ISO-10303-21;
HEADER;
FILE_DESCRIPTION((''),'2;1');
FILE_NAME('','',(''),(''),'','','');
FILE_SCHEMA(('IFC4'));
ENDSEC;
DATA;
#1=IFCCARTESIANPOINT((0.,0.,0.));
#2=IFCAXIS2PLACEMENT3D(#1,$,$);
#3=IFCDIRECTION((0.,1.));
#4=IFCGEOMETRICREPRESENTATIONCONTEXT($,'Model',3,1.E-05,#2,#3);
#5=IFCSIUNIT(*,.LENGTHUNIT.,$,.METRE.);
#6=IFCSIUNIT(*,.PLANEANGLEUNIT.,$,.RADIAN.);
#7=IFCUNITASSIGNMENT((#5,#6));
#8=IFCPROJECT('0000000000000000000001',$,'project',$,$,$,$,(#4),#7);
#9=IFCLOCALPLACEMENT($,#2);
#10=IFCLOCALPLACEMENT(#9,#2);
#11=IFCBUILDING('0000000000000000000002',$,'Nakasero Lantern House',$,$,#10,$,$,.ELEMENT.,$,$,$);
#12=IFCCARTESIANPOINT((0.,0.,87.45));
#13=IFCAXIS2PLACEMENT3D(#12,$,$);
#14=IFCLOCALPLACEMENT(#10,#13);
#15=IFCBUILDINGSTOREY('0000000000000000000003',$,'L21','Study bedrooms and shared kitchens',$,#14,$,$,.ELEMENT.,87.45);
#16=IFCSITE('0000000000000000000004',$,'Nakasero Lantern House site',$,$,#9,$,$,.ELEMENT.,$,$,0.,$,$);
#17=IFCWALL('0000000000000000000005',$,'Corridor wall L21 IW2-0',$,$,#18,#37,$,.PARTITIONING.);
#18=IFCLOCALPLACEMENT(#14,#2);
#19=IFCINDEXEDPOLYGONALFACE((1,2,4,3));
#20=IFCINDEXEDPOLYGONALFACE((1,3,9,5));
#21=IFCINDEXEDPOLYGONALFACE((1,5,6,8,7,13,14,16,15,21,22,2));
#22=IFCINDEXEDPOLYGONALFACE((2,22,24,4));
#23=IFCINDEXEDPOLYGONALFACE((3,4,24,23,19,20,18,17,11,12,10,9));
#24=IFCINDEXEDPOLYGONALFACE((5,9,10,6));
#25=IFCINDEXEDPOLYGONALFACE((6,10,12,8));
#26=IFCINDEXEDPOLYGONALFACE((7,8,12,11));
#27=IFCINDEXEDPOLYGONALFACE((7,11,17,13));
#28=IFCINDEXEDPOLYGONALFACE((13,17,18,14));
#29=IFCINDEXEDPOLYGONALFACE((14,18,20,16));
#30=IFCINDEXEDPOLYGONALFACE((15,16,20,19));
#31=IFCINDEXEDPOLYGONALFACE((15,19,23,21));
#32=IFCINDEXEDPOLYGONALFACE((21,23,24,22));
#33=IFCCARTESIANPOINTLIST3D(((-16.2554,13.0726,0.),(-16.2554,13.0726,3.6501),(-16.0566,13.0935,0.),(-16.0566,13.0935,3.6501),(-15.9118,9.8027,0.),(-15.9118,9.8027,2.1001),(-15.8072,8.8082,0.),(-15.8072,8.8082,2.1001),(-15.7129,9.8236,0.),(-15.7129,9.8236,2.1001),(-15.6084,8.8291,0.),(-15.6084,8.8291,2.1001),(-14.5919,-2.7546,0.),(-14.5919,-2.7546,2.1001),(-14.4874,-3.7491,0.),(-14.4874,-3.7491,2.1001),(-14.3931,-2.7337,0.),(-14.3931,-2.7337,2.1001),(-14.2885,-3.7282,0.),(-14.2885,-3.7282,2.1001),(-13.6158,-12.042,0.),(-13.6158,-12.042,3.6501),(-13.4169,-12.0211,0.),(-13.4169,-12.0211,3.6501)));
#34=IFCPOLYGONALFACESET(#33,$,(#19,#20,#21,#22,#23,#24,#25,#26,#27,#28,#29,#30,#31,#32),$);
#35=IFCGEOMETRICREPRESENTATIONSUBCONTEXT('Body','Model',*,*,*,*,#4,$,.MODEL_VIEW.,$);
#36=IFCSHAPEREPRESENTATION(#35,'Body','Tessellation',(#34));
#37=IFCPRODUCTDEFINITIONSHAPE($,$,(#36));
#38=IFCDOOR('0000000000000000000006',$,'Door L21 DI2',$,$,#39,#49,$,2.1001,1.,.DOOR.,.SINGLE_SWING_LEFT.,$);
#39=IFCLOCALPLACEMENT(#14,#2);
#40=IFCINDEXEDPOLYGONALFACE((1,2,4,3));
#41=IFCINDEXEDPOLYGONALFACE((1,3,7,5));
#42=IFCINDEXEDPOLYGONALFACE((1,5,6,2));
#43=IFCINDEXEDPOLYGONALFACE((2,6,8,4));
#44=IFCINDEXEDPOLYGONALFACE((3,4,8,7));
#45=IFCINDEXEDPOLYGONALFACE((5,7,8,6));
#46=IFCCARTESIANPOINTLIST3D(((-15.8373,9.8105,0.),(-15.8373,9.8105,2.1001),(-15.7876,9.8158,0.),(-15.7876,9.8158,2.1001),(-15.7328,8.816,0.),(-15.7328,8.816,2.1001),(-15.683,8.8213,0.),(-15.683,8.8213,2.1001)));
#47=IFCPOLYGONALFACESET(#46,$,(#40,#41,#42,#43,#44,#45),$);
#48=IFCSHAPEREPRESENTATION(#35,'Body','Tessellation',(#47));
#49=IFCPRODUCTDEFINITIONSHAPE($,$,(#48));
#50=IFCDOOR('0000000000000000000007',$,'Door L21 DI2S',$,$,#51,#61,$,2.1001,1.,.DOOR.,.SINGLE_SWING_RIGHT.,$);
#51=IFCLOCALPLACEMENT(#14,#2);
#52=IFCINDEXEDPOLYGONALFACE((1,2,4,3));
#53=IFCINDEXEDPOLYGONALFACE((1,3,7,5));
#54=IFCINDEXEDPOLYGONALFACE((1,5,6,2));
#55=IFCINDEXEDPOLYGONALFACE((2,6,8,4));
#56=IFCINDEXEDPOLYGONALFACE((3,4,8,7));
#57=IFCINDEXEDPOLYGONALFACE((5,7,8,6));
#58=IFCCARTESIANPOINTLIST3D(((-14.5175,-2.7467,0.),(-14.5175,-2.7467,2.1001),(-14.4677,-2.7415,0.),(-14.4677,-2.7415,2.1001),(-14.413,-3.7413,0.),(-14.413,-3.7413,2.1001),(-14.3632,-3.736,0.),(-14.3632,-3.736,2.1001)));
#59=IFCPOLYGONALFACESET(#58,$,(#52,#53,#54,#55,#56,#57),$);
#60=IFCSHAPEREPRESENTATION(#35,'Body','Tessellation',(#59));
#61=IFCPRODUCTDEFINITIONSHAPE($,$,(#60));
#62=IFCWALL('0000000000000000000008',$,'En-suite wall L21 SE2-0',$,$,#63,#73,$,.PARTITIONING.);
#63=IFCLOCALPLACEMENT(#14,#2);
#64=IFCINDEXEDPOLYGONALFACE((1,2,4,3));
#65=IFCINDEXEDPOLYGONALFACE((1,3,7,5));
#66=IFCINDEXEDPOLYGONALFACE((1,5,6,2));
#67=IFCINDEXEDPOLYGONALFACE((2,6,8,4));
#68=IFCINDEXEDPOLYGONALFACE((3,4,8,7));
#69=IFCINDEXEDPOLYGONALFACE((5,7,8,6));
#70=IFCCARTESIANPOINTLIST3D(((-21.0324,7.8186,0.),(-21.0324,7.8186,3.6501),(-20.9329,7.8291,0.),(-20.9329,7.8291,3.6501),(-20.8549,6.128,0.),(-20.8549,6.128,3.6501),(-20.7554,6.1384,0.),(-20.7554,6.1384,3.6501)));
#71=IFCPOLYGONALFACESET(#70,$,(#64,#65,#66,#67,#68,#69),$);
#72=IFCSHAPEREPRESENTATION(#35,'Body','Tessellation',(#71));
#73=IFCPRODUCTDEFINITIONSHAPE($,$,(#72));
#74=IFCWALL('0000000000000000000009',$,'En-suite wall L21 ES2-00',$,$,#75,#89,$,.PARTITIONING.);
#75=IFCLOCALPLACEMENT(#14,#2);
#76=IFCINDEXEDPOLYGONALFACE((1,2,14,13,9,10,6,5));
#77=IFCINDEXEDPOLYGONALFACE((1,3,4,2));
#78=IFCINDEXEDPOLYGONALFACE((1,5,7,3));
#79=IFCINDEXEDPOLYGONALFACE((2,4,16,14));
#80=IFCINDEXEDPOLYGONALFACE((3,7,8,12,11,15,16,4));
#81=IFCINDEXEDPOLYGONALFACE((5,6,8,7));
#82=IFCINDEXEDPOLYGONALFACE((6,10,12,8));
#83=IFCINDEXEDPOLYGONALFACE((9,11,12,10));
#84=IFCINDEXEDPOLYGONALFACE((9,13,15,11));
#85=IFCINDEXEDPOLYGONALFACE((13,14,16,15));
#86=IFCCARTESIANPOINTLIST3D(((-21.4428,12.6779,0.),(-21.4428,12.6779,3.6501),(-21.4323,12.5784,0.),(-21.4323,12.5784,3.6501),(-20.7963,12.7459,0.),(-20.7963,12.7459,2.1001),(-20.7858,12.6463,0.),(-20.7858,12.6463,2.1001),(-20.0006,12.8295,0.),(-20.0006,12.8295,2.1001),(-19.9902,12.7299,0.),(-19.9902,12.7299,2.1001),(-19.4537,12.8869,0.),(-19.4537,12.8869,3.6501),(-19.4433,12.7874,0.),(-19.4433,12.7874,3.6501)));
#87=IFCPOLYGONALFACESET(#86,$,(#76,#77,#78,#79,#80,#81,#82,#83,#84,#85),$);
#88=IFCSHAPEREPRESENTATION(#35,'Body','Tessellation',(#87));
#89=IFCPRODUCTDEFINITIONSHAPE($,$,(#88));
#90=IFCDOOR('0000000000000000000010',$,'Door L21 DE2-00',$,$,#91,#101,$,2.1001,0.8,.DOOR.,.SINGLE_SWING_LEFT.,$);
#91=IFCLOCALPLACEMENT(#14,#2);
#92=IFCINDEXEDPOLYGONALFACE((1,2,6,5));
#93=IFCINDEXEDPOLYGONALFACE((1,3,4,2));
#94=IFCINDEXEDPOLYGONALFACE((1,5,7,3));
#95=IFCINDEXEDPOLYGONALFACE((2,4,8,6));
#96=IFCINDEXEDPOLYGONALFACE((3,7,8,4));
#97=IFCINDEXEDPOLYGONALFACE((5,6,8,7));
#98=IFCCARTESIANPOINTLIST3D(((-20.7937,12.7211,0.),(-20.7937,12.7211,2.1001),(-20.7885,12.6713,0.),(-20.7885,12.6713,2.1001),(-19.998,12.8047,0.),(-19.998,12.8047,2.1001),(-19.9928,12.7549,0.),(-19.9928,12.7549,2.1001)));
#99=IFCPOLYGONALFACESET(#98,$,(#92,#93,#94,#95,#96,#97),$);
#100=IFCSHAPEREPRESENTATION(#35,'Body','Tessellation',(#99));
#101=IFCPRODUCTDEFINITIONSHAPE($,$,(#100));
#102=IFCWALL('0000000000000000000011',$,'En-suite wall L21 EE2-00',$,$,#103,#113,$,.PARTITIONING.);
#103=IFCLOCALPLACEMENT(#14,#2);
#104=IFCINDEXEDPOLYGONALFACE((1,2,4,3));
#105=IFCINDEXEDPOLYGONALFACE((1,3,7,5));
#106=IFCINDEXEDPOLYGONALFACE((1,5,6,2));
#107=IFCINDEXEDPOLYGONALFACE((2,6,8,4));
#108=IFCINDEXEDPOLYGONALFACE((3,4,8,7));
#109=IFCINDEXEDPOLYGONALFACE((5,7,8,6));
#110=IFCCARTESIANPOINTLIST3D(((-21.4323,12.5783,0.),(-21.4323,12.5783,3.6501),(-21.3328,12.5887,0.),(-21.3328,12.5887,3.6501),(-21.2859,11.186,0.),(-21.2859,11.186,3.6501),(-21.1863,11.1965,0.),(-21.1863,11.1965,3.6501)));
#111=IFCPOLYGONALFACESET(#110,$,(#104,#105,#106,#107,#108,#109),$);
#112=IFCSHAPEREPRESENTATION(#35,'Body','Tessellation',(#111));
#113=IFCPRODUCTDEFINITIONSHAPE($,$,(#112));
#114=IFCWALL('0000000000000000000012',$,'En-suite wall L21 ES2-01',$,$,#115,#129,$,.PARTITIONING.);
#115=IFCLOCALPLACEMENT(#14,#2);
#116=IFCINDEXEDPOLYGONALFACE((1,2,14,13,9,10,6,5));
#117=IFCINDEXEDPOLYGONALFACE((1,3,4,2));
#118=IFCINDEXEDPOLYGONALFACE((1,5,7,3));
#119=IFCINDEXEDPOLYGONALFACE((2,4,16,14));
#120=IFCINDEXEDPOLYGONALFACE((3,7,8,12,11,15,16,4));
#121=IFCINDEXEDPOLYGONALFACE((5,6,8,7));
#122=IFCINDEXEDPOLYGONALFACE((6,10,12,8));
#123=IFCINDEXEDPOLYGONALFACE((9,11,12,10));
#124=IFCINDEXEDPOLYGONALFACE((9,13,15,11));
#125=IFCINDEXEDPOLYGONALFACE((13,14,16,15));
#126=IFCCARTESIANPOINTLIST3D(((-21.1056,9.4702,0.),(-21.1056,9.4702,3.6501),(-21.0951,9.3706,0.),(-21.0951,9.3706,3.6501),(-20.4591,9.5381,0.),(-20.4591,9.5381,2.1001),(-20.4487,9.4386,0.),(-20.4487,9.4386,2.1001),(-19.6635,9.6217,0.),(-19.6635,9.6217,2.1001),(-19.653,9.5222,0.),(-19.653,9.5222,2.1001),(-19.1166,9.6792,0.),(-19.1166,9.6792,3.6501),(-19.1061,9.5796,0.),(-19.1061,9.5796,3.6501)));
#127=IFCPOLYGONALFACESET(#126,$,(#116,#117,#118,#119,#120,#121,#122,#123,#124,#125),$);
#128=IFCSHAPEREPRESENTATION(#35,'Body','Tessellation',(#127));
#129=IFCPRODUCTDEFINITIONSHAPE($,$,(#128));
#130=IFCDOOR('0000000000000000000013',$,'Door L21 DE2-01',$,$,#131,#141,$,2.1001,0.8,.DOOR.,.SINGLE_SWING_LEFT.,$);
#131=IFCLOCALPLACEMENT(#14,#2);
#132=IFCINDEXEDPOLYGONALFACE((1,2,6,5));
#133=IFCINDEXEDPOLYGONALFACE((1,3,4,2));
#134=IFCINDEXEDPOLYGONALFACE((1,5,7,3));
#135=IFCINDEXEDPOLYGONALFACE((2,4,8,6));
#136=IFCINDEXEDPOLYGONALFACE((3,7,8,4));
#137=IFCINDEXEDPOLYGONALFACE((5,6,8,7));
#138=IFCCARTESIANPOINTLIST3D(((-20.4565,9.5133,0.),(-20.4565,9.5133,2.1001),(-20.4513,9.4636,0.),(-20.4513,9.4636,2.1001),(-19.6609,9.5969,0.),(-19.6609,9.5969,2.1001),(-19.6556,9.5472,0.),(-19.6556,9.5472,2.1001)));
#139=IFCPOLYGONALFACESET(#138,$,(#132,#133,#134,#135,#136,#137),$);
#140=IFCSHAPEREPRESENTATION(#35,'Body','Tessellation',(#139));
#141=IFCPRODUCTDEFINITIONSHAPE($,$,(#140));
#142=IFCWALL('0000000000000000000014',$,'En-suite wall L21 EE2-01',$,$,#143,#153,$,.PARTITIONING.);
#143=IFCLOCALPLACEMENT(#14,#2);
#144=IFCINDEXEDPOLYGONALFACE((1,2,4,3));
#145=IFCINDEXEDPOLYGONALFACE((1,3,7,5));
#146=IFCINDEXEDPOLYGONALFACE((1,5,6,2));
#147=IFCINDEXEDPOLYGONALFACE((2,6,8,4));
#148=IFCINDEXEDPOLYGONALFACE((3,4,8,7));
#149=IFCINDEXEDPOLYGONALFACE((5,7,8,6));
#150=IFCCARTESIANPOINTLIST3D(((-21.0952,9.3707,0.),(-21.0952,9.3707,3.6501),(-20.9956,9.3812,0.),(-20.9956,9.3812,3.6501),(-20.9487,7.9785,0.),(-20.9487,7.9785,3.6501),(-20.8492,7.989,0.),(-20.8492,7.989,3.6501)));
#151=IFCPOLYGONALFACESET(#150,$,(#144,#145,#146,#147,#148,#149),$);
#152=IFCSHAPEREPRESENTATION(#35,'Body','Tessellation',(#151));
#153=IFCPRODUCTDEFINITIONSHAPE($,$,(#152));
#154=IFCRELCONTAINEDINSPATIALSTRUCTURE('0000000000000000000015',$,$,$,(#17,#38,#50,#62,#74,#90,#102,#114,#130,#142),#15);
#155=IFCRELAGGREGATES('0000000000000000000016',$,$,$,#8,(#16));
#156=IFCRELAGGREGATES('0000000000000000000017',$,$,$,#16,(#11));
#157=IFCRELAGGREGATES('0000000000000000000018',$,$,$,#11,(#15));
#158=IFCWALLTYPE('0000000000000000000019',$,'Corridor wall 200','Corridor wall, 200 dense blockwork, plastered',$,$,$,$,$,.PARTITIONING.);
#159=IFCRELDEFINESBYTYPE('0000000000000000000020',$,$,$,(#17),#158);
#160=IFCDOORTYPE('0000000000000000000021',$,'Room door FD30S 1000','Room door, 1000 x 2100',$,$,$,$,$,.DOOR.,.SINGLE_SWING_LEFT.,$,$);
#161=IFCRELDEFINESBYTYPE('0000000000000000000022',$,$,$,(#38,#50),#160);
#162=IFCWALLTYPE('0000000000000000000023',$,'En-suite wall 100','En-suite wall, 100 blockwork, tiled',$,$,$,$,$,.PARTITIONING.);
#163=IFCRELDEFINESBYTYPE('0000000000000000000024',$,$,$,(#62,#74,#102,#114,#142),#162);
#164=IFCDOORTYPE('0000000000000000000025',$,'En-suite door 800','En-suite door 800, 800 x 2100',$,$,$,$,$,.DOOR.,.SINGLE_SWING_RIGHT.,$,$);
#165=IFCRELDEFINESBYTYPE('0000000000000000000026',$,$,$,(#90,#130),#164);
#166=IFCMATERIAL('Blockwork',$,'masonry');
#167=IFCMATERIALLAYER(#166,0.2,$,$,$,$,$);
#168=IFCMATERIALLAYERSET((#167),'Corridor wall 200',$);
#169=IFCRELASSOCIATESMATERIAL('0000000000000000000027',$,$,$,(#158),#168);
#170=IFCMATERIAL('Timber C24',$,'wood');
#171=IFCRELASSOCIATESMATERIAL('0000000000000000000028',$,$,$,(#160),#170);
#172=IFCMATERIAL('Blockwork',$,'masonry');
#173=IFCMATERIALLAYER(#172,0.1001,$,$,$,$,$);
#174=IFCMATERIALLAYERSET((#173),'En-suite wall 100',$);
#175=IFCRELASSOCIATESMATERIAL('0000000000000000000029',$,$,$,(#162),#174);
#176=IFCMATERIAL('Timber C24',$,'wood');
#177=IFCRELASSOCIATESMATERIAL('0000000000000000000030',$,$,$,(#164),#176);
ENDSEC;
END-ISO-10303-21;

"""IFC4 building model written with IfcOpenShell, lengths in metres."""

from ifc_helpers import new_model, si_unit, direction, frame, frame_2d, origin, place, context, subcontext, project, spatial, rectangle, extrude, material, layer, layer_set, type_object, element, fill, save


model = new_model("IFC4")

# Units and contexts
model_context = context("Model", 3, precision=1e-05, world=origin(), true_north=direction((0.0, 1.0)))
body_context = subcontext(model_context, "Body", "Model", "MODEL_VIEW")
ifc_project = project(units=[si_unit("LENGTHUNIT", "METRE"), si_unit("PLANEANGLEUNIT", "RADIAN")], contexts=[model_context])

# Site, building, storey
site_placement = place(None, origin())
site = spatial("IfcSite", under=ifc_project, at=site_placement, Name="Nakasero Lantern House site", CompositionType="ELEMENT", RefElevation=0.0)
building_placement = place(site_placement, origin())
building = spatial("IfcBuilding", under=site, at=building_placement, Name="Nakasero Lantern House", CompositionType="ELEMENT")
storey_placement = place(building_placement, frame((0.0, 0.0, 87.45)))
storey = spatial("IfcBuildingStorey", under=building, at=storey_placement, Name="L21", Description="Study bedrooms and shared kitchens", CompositionType="ELEMENT", Elevation=87.45)

# Wall, openings, doors
ifc_material_1 = material(Name="Blockwork", Category="masonry")
ifc_layer_1 = layer(ifc_material_1, 0.2)
ifc_layer_set_1 = layer_set([ifc_layer_1], Name="Corridor wall 200")
wall_type_1 = type_object("IfcWallType", Name="Corridor wall 200", Description="Corridor wall, 200 dense blockwork, plastered", PredefinedType="PARTITIONING", material=ifc_layer_set_1)
wall_1_placement = place(storey_placement, frame((-16.156, 13.083, 0.0), z_axis=(0.0, 0.0, 1.0), x_axis=(0.104529, -0.994522, 0.0)))
wall_1 = element("IfcWall", 1, at=wall_1_placement, inside=storey, type_object=wall_type_1, Name="Corridor wall L21 IW2-0", PredefinedType="PARTITIONING", context=body_context, shape_type="SweptSolid", body=[
    extrude(rectangle(XDim=25.2529, YDim=0.2, at=frame_2d((12.6265, 0.0))), origin(), (0.0, 0.0, 1.0), 3.6501),
])
opening_1_placement = place(wall_1_placement, frame((3.2878, 0.0, 0.0)))
opening_1 = element("IfcOpeningElement", 2, at=opening_1_placement, cuts=wall_1, PredefinedType="OPENING", context=body_context, shape_type="SweptSolid", body=[
    extrude(rectangle(XDim=1.0, YDim=2.1001, at=frame_2d((0.5, 1.05))), frame((0.0, 0.1199, 0.0), z_axis=(0.0, -1.0, 0.0), x_axis=(1.0, 0.0, 0.0)), (0.0, 0.0, 1.0), 0.24),
])
opening_2_placement = place(wall_1_placement, frame((15.9143, 0.0, 0.0)))
opening_2 = element("IfcOpeningElement", 3, at=opening_2_placement, cuts=wall_1, PredefinedType="OPENING", context=body_context, shape_type="SweptSolid", body=[
    extrude(rectangle(XDim=1.0, YDim=2.1001, at=frame_2d((0.5, 1.05))), frame((0.0, 0.1199, 0.0), z_axis=(0.0, -1.0, 0.0), x_axis=(1.0, 0.0, 0.0)), (0.0, 0.0, 1.0), 0.24),
])
ifc_material_2 = material(Name="Timber C24", Category="wood")
door_type_1 = type_object("IfcDoorType", Name="Room door FD30S 1000", Description="Room door, 1000 x 2100", OperationType="SINGLE_SWING_LEFT", PredefinedType="DOOR", material=ifc_material_2)
door_1_placement = place(opening_1_placement, origin())
door_1 = element("IfcDoor", 4, at=door_1_placement, inside=storey, type_object=door_type_1, Name="Door L21 DI2", OperationType="SINGLE_SWING_LEFT", OverallHeight=2.1001, OverallWidth=1.0, PredefinedType="DOOR", context=body_context, shape_type="SweptSolid", body=[
    extrude(rectangle(XDim=1.0, YDim=2.1001, at=frame_2d((0.5, 1.05))), frame((0.0, 0.0249, 0.0), z_axis=(0.0, -1.0, 0.0), x_axis=(1.0, 0.0, 0.0)), (0.0, 0.0, 1.0), 0.05),
])
fill(opening_1, door_1)
door_2_placement = place(opening_2_placement, origin())
door_2 = element("IfcDoor", 5, at=door_2_placement, inside=storey, type_object=door_type_1, Name="Door L21 DI2S", OperationType="SINGLE_SWING_RIGHT", OverallHeight=2.1001, OverallWidth=1.0, PredefinedType="DOOR", context=body_context, shape_type="SweptSolid", body=[
    extrude(rectangle(XDim=1.0, YDim=2.1001, at=frame_2d((0.5, 1.05))), frame((0.0, 0.0249, 0.0), z_axis=(0.0, -1.0, 0.0), x_axis=(1.0, 0.0, 0.0)), (0.0, 0.0, 1.0), 0.05),
])
fill(opening_2, door_2)

# Wall
ifc_material_3 = material(Name="Blockwork", Category="masonry")
ifc_layer_2 = layer(ifc_material_3, 0.1001)
ifc_layer_set_2 = layer_set([ifc_layer_2], Name="En-suite wall 100")
wall_type_2 = type_object("IfcWallType", Name="En-suite wall 100", Description="En-suite wall, 100 blockwork, tiled", PredefinedType="PARTITIONING", material=ifc_layer_set_2)
wall_2_placement = place(storey_placement, frame((-20.9827, 7.824, 0.0), z_axis=(0.0, 0.0, 1.0), x_axis=(0.104408, -0.994535, 0.0)))
element("IfcWall", 6, at=wall_2_placement, inside=storey, type_object=wall_type_2, Name="En-suite wall L21 SE2-0", PredefinedType="PARTITIONING", context=body_context, shape_type="SweptSolid", body=[
    extrude(rectangle(XDim=1.7, YDim=0.1001, at=frame_2d((0.8501, 0.0))), origin(), (0.0, 0.0, 1.0), 3.6501),
])

# Wall, opening, door
wall_3_placement = place(storey_placement, frame((-19.4485, 12.8372, 0.0), z_axis=(0.0, 0.0, 1.0), x_axis=(-0.994526, -0.104494, 0.0)))
wall_3 = element("IfcWall", 7, at=wall_3_placement, inside=storey, type_object=wall_type_2, Name="En-suite wall L21 ES2-00", PredefinedType="PARTITIONING", context=body_context, shape_type="SweptSolid", body=[
    extrude(rectangle(XDim=2.0, YDim=0.1001, at=frame_2d((1.0, 0.0))), origin(), (0.0, 0.0, 1.0), 3.6501),
])
opening_3_placement = place(wall_3_placement, frame((0.55, 0.0, 0.0)))
opening_3 = element("IfcOpeningElement", 8, at=opening_3_placement, cuts=wall_3, PredefinedType="OPENING", context=body_context, shape_type="SweptSolid", body=[
    extrude(rectangle(XDim=0.8, YDim=2.1001, at=frame_2d((0.3999, 1.05))), frame((0.0, 0.0701, 0.0), z_axis=(0.0, -1.0, 0.0), x_axis=(1.0, 0.0, 0.0)), (0.0, 0.0, 1.0), 0.1401),
])
ifc_material_4 = material(Name="Timber C24", Category="wood")
door_type_2 = type_object("IfcDoorType", Name="En-suite door 800", Description="En-suite door 800, 800 x 2100", OperationType="SINGLE_SWING_RIGHT", PredefinedType="DOOR", material=ifc_material_4)
door_3_placement = place(opening_3_placement, origin())
door_3 = element("IfcDoor", 9, at=door_3_placement, inside=storey, type_object=door_type_2, Name="Door L21 DE2-00", OperationType="SINGLE_SWING_LEFT", OverallHeight=2.1001, OverallWidth=0.8, PredefinedType="DOOR", context=body_context, shape_type="SweptSolid", body=[
    extrude(rectangle(XDim=0.8, YDim=2.1001, at=frame_2d((0.3999, 1.05))), frame((0.0, 0.0249, 0.0), z_axis=(0.0, -1.0, 0.0), x_axis=(1.0, 0.0, 0.0)), (0.0, 0.0, 1.0), 0.05),
])
fill(opening_3, door_3)

# Wall
wall_4_placement = place(storey_placement, frame((-21.3826, 12.5835, 0.0), z_axis=(0.0, 0.0, 1.0), x_axis=(0.10463, -0.994511, 0.0)))
element("IfcWall", 10, at=wall_4_placement, inside=storey, type_object=wall_type_2, Name="En-suite wall L21 EE2-00", PredefinedType="PARTITIONING", context=body_context, shape_type="SweptSolid", body=[
    extrude(rectangle(XDim=1.3999, YDim=0.1001, at=frame_2d((0.7, 0.0))), origin(), (0.0, 0.0, 1.0), 3.6501),
])

# Wall, opening, door
wall_5_placement = place(storey_placement, frame((-19.1113, 9.6294, 0.0), z_axis=(0.0, 0.0, 1.0), x_axis=(-0.994526, -0.104494, 0.0)))
wall_5 = element("IfcWall", 11, at=wall_5_placement, inside=storey, type_object=wall_type_2, Name="En-suite wall L21 ES2-01", PredefinedType="PARTITIONING", context=body_context, shape_type="SweptSolid", body=[
    extrude(rectangle(XDim=2.0, YDim=0.1001, at=frame_2d((1.0, 0.0))), origin(), (0.0, 0.0, 1.0), 3.6501),
])
opening_4_placement = place(wall_5_placement, frame((0.55, 0.0, 0.0)))
opening_4 = element("IfcOpeningElement", 12, at=opening_4_placement, cuts=wall_5, PredefinedType="OPENING", context=body_context, shape_type="SweptSolid", body=[
    extrude(rectangle(XDim=0.8, YDim=2.1001, at=frame_2d((0.3999, 1.05))), frame((0.0, 0.0701, 0.0), z_axis=(0.0, -1.0, 0.0), x_axis=(1.0, 0.0, 0.0)), (0.0, 0.0, 1.0), 0.1401),
])
door_4_placement = place(opening_4_placement, origin())
door_4 = element("IfcDoor", 13, at=door_4_placement, inside=storey, type_object=door_type_2, Name="Door L21 DE2-01", OperationType="SINGLE_SWING_LEFT", OverallHeight=2.1001, OverallWidth=0.8, PredefinedType="DOOR", context=body_context, shape_type="SweptSolid", body=[
    extrude(rectangle(XDim=0.8, YDim=2.1001, at=frame_2d((0.3999, 1.05))), frame((0.0, 0.0249, 0.0), z_axis=(0.0, -1.0, 0.0), x_axis=(1.0, 0.0, 0.0)), (0.0, 0.0, 1.0), 0.05),
])
fill(opening_4, door_4)

# Wall
wall_6_placement = place(storey_placement, frame((-21.0454, 9.376, 0.0), z_axis=(0.0, 0.0, 1.0), x_axis=(0.10463, -0.994511, 0.0)))
element("IfcWall", 14, at=wall_6_placement, inside=storey, type_object=wall_type_2, Name="En-suite wall L21 EE2-01", PredefinedType="PARTITIONING", context=body_context, shape_type="SweptSolid", body=[
    extrude(rectangle(XDim=1.3999, YDim=0.1001, at=frame_2d((0.7, 0.0))), origin(), (0.0, 0.0, 1.0), 3.6501),
])

save(model, "model.ifc")
